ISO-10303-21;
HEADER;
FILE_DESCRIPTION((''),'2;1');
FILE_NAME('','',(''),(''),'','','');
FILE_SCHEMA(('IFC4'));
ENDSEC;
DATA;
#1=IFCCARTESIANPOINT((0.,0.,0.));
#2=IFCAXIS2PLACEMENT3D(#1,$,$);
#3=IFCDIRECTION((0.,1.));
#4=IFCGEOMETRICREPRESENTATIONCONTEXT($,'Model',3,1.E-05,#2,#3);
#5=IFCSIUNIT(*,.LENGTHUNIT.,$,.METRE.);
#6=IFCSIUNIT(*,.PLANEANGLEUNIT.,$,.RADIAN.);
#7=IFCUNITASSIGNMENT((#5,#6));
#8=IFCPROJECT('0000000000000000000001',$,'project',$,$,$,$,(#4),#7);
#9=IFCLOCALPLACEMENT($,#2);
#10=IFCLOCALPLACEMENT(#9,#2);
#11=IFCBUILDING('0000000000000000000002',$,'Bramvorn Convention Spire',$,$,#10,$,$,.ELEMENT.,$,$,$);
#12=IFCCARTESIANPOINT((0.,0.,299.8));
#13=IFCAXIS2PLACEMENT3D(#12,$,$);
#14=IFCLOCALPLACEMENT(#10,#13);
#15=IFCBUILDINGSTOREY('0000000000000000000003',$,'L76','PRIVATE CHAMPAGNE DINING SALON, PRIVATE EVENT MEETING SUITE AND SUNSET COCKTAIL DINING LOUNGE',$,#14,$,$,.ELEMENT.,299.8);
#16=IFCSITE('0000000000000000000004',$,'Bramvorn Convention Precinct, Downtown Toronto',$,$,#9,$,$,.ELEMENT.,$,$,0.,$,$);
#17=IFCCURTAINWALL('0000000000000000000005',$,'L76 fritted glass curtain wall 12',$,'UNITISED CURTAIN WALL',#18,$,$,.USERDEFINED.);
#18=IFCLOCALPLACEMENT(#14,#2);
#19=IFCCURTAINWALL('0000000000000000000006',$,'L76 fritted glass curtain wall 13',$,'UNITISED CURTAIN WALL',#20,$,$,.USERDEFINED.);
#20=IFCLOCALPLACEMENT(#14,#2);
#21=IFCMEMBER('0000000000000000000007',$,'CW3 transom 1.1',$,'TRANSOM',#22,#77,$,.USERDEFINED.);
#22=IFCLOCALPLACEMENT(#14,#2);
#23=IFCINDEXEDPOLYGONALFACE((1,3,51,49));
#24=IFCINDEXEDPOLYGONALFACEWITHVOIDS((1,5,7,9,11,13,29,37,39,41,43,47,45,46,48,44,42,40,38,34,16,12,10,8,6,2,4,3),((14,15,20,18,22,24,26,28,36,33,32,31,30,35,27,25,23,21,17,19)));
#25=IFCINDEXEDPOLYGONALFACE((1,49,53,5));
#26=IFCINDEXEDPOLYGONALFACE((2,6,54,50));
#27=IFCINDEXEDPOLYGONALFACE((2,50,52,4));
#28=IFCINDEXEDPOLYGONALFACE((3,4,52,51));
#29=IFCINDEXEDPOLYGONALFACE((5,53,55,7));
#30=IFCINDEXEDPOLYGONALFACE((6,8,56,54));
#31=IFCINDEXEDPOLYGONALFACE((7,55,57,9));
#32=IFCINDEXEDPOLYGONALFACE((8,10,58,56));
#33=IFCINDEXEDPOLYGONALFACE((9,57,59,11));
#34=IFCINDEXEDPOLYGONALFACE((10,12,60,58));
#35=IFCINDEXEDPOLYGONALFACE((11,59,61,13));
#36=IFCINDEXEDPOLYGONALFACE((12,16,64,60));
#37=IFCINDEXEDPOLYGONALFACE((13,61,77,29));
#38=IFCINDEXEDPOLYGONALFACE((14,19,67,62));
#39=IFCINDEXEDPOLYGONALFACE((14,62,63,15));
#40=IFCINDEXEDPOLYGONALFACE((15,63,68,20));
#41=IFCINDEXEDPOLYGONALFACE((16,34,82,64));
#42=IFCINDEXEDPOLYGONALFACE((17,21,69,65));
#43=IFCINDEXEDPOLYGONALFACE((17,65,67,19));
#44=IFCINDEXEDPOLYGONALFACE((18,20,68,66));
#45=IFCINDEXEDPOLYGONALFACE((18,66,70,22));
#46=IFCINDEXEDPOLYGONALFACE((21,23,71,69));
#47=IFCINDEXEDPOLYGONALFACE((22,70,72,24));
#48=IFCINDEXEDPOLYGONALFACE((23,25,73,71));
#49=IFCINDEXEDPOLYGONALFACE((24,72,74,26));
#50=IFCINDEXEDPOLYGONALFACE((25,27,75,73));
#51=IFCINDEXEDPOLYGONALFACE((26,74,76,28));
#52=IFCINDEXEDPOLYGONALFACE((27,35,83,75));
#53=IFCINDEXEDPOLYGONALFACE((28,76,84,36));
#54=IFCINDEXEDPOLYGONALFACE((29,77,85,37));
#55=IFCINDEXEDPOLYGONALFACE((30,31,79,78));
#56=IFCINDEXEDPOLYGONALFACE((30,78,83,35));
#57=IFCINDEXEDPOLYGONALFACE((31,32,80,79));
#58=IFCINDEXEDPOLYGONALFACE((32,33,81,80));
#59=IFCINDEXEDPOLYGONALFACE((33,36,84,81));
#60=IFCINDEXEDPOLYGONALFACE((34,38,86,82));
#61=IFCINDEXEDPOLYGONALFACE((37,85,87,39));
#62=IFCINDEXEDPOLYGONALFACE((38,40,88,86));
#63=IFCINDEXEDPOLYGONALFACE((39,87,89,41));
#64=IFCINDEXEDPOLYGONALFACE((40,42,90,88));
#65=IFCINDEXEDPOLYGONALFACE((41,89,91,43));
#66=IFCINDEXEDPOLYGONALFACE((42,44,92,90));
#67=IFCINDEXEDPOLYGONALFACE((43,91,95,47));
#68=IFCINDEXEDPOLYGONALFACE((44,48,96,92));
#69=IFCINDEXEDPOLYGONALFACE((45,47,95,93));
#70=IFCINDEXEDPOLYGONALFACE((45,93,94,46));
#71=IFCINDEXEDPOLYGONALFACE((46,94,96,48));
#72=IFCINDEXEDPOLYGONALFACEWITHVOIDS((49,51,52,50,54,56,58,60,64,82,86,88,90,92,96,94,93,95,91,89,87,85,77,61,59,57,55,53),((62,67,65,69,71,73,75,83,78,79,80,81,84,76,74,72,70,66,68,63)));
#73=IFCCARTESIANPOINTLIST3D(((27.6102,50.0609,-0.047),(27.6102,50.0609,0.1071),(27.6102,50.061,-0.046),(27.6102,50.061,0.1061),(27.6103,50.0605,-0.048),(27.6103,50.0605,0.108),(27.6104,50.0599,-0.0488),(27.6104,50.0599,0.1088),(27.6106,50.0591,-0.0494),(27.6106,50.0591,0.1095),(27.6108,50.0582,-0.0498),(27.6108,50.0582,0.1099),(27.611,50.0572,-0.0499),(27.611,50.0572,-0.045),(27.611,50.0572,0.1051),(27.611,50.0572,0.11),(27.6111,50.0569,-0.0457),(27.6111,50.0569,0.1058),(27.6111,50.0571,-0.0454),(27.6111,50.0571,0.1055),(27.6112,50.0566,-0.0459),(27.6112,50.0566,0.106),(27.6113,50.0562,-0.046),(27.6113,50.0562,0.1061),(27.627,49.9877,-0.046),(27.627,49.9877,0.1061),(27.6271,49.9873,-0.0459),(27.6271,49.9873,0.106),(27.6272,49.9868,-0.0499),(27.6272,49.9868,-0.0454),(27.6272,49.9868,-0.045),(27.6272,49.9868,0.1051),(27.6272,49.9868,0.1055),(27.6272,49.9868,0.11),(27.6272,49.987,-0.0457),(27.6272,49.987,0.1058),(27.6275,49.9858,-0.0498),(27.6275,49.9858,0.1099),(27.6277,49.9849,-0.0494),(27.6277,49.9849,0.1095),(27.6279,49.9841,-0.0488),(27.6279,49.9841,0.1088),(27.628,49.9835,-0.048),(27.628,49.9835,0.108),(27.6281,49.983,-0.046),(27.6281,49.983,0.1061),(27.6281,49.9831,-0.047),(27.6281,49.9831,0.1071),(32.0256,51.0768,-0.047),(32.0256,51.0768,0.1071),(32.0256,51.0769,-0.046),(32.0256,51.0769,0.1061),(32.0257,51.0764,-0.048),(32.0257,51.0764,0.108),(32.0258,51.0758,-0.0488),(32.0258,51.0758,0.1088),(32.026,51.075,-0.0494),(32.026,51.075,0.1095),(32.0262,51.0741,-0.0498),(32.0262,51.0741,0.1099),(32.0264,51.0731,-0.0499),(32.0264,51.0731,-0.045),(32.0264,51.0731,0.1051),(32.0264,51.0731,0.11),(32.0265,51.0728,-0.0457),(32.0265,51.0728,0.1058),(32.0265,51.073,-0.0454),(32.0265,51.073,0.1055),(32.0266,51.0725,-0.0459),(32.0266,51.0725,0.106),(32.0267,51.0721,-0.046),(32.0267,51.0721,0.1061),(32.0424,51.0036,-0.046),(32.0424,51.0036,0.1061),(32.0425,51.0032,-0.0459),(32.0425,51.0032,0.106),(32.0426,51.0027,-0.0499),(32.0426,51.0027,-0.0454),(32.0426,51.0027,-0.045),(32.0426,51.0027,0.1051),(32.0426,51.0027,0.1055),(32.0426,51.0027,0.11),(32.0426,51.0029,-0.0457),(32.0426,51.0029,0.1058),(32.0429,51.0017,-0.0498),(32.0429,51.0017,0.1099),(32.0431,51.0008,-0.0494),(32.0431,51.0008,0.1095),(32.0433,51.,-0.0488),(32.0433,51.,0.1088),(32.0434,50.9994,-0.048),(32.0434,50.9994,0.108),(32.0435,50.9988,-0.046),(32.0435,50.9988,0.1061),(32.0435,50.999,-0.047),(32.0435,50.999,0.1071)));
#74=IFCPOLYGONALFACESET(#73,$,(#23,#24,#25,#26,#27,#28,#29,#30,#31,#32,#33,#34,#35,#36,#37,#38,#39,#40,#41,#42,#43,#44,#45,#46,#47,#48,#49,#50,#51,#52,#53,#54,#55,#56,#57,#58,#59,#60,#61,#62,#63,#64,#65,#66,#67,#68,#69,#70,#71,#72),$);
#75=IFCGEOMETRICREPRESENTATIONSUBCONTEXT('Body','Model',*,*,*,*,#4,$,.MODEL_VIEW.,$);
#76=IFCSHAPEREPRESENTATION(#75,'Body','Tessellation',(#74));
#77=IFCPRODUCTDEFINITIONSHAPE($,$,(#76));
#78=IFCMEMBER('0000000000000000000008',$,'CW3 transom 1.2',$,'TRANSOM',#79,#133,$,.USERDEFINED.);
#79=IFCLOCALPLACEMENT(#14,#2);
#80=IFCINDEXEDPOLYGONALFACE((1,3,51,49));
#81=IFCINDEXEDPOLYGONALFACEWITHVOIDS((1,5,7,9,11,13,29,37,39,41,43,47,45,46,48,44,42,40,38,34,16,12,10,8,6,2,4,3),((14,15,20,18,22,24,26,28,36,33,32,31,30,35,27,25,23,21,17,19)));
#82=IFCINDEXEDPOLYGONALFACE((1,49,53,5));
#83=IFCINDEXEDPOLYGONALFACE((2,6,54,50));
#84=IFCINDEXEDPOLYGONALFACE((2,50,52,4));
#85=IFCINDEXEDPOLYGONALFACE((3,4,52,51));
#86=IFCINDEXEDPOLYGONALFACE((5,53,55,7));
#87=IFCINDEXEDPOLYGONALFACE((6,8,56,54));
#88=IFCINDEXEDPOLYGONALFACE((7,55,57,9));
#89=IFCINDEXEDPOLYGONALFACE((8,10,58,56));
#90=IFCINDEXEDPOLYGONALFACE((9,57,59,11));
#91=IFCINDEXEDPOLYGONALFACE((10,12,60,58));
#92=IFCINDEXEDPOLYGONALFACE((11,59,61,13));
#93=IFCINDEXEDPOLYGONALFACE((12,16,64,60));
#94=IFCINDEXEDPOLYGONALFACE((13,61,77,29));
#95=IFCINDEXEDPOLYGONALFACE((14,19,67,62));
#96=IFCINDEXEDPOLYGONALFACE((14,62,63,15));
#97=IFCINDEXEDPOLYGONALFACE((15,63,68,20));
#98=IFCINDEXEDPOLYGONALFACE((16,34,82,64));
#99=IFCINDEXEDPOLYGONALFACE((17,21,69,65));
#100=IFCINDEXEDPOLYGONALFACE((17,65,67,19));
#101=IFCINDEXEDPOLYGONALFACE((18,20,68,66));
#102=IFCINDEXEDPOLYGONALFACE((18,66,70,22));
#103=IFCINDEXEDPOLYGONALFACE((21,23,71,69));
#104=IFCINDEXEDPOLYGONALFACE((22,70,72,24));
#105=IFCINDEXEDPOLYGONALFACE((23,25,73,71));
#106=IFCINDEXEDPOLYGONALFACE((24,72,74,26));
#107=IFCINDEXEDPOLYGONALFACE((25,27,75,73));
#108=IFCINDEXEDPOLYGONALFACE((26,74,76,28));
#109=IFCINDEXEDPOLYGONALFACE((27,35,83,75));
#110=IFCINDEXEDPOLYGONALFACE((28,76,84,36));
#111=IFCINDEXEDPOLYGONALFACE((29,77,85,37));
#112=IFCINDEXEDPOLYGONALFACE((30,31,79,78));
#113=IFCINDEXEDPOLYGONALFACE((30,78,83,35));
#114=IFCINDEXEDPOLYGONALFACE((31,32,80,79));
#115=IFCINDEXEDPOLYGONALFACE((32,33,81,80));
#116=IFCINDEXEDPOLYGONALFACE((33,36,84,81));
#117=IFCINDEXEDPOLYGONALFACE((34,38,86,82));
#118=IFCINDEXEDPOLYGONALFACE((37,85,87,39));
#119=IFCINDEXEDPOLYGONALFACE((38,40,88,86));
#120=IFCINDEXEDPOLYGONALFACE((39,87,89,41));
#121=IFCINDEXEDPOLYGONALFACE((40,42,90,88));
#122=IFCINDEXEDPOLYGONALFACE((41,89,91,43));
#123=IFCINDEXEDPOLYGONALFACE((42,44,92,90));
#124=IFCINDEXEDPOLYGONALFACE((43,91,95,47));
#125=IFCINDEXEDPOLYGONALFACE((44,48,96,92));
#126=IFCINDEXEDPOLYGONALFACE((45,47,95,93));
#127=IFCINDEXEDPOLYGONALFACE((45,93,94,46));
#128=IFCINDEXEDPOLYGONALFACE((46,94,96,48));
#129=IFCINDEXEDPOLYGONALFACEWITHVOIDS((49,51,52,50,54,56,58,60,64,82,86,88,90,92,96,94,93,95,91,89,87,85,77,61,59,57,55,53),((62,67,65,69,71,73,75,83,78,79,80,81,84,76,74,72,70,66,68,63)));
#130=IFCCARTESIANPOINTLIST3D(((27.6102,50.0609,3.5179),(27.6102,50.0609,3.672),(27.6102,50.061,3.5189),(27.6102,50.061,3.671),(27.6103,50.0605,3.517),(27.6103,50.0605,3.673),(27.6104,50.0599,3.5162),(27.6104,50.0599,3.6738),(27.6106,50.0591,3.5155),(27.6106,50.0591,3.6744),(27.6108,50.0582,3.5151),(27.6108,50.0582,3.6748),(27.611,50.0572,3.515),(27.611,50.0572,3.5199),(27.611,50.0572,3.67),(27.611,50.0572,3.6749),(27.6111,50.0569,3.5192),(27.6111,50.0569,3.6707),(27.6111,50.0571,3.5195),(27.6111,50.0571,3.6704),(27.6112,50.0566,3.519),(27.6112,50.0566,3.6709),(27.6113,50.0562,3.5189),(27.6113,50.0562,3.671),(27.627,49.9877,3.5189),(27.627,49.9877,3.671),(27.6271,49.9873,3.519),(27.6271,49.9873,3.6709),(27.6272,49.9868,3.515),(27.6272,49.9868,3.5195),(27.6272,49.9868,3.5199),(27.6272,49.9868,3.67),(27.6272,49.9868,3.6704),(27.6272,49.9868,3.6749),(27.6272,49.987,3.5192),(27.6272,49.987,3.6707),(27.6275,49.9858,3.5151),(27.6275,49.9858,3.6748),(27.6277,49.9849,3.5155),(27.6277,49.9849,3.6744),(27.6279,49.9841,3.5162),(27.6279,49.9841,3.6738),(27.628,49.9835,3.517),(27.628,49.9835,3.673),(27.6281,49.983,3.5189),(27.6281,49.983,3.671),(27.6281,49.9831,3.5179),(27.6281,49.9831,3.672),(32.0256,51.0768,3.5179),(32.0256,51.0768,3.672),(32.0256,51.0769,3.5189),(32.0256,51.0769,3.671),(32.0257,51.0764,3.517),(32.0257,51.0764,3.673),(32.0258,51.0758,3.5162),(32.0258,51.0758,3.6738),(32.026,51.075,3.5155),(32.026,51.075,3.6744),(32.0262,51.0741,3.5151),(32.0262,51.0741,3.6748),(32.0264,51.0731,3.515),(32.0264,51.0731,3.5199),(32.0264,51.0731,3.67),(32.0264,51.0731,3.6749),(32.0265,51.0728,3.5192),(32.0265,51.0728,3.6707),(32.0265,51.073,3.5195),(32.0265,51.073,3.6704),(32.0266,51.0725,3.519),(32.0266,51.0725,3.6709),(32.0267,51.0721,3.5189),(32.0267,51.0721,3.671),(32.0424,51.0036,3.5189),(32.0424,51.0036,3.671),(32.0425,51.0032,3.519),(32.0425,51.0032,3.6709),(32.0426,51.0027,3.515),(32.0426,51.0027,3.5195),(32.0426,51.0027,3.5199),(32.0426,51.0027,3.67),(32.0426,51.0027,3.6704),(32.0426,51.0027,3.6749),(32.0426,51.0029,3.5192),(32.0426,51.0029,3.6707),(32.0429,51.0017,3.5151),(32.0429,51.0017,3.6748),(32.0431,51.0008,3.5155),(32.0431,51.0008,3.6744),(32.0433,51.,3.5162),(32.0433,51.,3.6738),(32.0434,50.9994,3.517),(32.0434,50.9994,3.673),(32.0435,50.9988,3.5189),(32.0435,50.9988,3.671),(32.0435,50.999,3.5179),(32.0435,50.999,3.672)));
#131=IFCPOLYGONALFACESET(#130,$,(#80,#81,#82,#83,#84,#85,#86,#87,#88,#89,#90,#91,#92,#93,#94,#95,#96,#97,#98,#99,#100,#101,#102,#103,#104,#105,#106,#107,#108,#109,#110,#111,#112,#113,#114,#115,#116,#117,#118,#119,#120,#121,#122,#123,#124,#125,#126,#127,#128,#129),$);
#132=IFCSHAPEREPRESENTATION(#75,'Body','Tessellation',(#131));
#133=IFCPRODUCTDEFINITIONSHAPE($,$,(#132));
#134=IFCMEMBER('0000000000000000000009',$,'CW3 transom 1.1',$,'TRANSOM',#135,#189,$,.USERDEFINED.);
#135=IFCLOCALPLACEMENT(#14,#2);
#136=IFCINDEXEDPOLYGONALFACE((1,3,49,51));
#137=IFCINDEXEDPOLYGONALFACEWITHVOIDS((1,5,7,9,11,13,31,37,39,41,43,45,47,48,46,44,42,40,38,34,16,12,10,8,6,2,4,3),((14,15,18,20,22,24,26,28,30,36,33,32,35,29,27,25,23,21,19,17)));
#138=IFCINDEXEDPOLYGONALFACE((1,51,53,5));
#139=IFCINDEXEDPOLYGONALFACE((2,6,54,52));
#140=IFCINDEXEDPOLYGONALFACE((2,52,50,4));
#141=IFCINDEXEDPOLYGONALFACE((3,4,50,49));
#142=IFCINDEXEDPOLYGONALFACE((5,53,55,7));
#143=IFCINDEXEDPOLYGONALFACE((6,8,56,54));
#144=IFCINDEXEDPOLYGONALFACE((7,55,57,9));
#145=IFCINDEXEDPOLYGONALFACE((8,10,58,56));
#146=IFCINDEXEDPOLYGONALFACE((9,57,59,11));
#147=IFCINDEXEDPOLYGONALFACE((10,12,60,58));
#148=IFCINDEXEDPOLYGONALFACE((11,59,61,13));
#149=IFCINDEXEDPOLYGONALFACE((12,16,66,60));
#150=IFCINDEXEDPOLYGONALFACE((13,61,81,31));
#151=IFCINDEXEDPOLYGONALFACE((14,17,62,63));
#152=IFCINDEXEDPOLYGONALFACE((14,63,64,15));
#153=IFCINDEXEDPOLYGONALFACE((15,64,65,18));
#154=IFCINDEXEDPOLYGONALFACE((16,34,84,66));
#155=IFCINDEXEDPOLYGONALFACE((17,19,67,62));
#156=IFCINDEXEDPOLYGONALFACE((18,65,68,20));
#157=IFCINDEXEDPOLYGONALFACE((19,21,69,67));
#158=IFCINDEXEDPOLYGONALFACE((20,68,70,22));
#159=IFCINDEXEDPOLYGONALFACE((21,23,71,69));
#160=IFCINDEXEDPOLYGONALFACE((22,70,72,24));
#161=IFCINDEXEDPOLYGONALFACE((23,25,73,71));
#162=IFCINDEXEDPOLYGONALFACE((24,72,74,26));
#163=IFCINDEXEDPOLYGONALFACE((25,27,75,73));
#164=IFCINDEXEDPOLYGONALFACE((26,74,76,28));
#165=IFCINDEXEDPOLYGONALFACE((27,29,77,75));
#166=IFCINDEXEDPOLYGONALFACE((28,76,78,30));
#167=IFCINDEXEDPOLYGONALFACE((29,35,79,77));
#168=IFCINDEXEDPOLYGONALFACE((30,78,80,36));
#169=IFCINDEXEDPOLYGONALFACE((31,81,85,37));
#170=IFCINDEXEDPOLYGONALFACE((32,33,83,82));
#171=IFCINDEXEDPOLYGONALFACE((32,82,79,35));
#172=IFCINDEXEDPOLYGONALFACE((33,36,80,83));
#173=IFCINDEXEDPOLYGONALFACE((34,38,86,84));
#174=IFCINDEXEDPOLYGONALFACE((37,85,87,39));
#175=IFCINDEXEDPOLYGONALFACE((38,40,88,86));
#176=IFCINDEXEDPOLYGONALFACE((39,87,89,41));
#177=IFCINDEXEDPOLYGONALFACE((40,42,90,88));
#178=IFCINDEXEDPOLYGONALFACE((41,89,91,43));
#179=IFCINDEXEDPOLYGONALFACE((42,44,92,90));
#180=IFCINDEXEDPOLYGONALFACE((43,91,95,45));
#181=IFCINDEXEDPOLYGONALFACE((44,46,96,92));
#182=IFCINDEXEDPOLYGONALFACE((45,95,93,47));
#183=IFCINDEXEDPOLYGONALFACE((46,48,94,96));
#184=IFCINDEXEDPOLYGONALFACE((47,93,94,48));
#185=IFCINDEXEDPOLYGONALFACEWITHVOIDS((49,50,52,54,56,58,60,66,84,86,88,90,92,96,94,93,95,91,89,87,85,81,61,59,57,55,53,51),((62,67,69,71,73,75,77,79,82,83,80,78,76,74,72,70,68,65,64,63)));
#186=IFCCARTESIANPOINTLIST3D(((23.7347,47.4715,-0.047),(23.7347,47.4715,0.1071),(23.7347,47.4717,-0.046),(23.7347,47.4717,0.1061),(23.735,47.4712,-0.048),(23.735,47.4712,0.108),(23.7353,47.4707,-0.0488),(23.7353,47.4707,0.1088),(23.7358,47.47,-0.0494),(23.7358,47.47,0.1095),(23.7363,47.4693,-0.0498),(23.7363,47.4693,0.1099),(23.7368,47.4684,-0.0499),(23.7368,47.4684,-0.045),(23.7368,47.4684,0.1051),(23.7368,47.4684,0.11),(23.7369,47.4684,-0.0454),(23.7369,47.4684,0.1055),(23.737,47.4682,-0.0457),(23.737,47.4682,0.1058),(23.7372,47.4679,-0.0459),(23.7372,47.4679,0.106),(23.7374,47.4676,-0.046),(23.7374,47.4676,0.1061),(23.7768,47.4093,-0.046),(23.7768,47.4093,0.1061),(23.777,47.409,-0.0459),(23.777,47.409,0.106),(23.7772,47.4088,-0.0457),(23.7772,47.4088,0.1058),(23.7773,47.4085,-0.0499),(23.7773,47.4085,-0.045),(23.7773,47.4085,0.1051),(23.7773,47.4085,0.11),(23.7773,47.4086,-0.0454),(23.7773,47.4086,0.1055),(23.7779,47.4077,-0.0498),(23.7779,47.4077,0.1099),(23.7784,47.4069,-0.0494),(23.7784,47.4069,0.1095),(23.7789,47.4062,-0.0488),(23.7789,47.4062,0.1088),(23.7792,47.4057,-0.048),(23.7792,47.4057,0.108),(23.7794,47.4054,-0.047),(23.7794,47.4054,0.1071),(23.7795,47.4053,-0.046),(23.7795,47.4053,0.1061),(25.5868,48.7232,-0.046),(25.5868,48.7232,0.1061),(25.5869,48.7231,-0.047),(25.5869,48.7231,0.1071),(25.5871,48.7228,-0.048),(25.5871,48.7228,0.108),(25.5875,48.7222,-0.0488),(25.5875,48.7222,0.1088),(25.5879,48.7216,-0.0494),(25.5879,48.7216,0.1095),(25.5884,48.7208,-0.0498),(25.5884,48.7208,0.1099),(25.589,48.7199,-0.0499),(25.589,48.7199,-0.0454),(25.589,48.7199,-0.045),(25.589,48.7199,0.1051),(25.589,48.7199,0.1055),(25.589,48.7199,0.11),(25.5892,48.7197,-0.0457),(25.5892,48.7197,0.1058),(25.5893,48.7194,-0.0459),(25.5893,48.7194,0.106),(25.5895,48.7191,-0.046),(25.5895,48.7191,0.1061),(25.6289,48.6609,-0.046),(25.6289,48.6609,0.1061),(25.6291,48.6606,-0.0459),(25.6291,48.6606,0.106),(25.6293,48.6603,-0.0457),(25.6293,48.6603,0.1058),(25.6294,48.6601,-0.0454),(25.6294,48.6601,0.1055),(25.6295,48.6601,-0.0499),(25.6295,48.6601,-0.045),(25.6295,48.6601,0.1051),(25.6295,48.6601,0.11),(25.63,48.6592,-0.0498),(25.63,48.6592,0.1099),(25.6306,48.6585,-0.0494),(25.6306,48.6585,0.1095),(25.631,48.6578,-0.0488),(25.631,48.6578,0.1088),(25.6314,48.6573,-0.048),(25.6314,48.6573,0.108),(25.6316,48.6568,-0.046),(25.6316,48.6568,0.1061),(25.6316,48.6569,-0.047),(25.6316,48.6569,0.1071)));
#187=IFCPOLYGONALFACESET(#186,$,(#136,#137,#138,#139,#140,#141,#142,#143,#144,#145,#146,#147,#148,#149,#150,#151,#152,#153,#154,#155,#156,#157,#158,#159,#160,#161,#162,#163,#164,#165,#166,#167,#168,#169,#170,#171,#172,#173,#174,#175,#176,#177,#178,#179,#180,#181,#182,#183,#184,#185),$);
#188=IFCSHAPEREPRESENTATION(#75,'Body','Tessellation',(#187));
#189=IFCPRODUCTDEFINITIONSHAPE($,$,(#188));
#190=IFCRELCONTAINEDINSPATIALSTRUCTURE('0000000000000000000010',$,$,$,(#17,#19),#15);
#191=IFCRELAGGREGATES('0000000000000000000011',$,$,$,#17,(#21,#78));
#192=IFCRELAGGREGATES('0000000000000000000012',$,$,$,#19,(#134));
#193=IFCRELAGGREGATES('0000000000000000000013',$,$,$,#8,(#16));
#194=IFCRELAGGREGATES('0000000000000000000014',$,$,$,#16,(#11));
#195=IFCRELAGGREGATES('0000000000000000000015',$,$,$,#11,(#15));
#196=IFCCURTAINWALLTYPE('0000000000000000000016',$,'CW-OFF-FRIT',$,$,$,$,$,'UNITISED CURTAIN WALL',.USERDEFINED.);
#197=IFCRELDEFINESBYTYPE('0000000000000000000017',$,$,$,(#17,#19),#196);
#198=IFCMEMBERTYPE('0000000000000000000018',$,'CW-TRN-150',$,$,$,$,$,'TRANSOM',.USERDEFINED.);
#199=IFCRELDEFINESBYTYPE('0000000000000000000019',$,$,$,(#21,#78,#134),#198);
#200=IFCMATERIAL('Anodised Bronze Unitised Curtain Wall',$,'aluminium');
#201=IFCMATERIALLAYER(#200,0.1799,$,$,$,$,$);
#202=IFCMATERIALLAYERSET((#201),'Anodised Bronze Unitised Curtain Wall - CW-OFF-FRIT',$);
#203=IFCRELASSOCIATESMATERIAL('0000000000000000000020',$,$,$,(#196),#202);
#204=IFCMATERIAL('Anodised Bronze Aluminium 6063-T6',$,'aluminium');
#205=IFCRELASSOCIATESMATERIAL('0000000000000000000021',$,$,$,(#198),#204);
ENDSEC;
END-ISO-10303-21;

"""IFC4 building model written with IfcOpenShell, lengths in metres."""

from ifc_helpers import new_model, si_unit, direction, frame, origin, origin_2d, place, context, subcontext, project, spatial, hollow_rectangle, extrude, material, layer, layer_set, material_profile, profile_set, type_object, element, aggregate, save


model = new_model("IFC4")

# Units and contexts
model_context = context("Model", 3, precision=1e-05, world=origin(), true_north=direction((0.0, 1.0)))
body_context = subcontext(model_context, "Body", "Model", "MODEL_VIEW")
ifc_project = project(units=[si_unit("LENGTHUNIT", "METRE"), si_unit("PLANEANGLEUNIT", "RADIAN")], contexts=[model_context])

# Site, building, storey
site_placement = place(None, origin())
site = spatial("IfcSite", under=ifc_project, at=site_placement, Name="Bramvorn Convention Precinct, Downtown Toronto", CompositionType="ELEMENT", RefElevation=0.0)
building_placement = place(site_placement, origin())
building = spatial("IfcBuilding", under=site, at=building_placement, Name="Bramvorn Convention Spire", CompositionType="ELEMENT")
storey_placement = place(building_placement, frame((0.0, 0.0, 299.8)))
storey = spatial("IfcBuildingStorey", under=building, at=storey_placement, Name="L76", Description="PRIVATE CHAMPAGNE DINING SALON, PRIVATE EVENT MEETING SUITE AND SUNSET COCKTAIL DINING LOUNGE", CompositionType="ELEMENT", Elevation=299.8)

# Curtain walls
ifc_material_1 = material(Name="Anodised Bronze Unitised Curtain Wall", Category="aluminium")
ifc_layer_1 = layer(ifc_material_1, 0.1799)
ifc_layer_set_1 = layer_set([ifc_layer_1], Name="Anodised Bronze Unitised Curtain Wall - CW-OFF-FRIT")
curtain_wall_type = type_object("IfcCurtainWallType", Name="CW-OFF-FRIT", ElementType="UNITISED CURTAIN WALL", PredefinedType="USERDEFINED", material=ifc_layer_set_1)
curtain_wall_1_placement = place(storey_placement, origin())
curtain_wall_1 = element("IfcCurtainWall", 1, at=curtain_wall_1_placement, inside=storey, type_object=curtain_wall_type, Name="L76 fritted glass curtain wall 12", ObjectType="UNITISED CURTAIN WALL", PredefinedType="USERDEFINED")
ifc_material_2 = material(Name="Anodised Bronze Aluminium 6063-T6", Category="aluminium")
curtain_wall_2_placement = place(storey_placement, origin())
curtain_wall_2 = element("IfcCurtainWall", 2, at=curtain_wall_2_placement, inside=storey, type_object=curtain_wall_type, Name="L76 fritted glass curtain wall 13", ObjectType="UNITISED CURTAIN WALL", PredefinedType="USERDEFINED")

# Members
ifc_material_profile_1 = material_profile(ifc_material_2, hollow_rectangle(XDim=0.0801, YDim=0.1599, WallThickness=0.0039, InnerFilletRadius=0.001, OuterFilletRadius=0.0039, at=origin_2d()))
ifc_profile_set_1 = profile_set([ifc_material_profile_1], Name="Anodised Bronze Aluminium 6063-T6 - CWT80X160")
member_type_1 = type_object("IfcMemberType", Name="CW-TRN-150", ElementType="TRANSOM", PredefinedType="USERDEFINED", material=ifc_profile_set_1)
member_1_placement = place(storey_placement, frame((27.6191, 50.022, 0.03), z_axis=(0.974538, 0.224222, 0.0), x_axis=(-0.224222, 0.974538, 0.0)))
member_1 = element("IfcMember", 3, at=member_1_placement, type_object=member_type_1, Name="CW3 transom 1.1", ObjectType="TRANSOM", PredefinedType="USERDEFINED", context=body_context, shape_type="SweptSolid", body=[
    extrude(hollow_rectangle(XDim=0.0801, YDim=0.1599, WallThickness=0.0039, InnerFilletRadius=0.001, OuterFilletRadius=0.0039, at=origin_2d()), origin(), (0.0, 0.0, 1.0), 4.5308),
])
member_2_placement = place(storey_placement, frame((27.6191, 50.022, 3.595), z_axis=(0.974538, 0.224222, 0.0), x_axis=(-0.224222, 0.974538, 0.0)))
member_2 = element("IfcMember", 4, at=member_2_placement, type_object=member_type_1, Name="CW3 transom 1.2", ObjectType="TRANSOM", PredefinedType="USERDEFINED", context=body_context, shape_type="SweptSolid", body=[
    extrude(hollow_rectangle(XDim=0.0801, YDim=0.1599, WallThickness=0.0039, InnerFilletRadius=0.001, OuterFilletRadius=0.0039, at=origin_2d()), origin(), (0.0, 0.0, 1.0), 4.5308),
])
member_3_placement = place(storey_placement, frame((23.7571, 47.4385, 0.03), z_axis=(0.828573, 0.559882, 0.0), x_axis=(-0.559882, 0.828573, 0.0)))
member_3 = element("IfcMember", 5, at=member_3_placement, type_object=member_type_1, Name="CW3 transom 1.1", ObjectType="TRANSOM", PredefinedType="USERDEFINED", context=body_context, shape_type="SweptSolid", body=[
    extrude(hollow_rectangle(XDim=0.0801, YDim=0.1599, WallThickness=0.0039, InnerFilletRadius=0.001, OuterFilletRadius=0.0039, at=origin_2d()), origin(), (0.0, 0.0, 1.0), 2.2354),
])

aggregate(curtain_wall_1, [member_1, member_2])
aggregate(curtain_wall_2, [member_3])

save(model, "model.ifc")
